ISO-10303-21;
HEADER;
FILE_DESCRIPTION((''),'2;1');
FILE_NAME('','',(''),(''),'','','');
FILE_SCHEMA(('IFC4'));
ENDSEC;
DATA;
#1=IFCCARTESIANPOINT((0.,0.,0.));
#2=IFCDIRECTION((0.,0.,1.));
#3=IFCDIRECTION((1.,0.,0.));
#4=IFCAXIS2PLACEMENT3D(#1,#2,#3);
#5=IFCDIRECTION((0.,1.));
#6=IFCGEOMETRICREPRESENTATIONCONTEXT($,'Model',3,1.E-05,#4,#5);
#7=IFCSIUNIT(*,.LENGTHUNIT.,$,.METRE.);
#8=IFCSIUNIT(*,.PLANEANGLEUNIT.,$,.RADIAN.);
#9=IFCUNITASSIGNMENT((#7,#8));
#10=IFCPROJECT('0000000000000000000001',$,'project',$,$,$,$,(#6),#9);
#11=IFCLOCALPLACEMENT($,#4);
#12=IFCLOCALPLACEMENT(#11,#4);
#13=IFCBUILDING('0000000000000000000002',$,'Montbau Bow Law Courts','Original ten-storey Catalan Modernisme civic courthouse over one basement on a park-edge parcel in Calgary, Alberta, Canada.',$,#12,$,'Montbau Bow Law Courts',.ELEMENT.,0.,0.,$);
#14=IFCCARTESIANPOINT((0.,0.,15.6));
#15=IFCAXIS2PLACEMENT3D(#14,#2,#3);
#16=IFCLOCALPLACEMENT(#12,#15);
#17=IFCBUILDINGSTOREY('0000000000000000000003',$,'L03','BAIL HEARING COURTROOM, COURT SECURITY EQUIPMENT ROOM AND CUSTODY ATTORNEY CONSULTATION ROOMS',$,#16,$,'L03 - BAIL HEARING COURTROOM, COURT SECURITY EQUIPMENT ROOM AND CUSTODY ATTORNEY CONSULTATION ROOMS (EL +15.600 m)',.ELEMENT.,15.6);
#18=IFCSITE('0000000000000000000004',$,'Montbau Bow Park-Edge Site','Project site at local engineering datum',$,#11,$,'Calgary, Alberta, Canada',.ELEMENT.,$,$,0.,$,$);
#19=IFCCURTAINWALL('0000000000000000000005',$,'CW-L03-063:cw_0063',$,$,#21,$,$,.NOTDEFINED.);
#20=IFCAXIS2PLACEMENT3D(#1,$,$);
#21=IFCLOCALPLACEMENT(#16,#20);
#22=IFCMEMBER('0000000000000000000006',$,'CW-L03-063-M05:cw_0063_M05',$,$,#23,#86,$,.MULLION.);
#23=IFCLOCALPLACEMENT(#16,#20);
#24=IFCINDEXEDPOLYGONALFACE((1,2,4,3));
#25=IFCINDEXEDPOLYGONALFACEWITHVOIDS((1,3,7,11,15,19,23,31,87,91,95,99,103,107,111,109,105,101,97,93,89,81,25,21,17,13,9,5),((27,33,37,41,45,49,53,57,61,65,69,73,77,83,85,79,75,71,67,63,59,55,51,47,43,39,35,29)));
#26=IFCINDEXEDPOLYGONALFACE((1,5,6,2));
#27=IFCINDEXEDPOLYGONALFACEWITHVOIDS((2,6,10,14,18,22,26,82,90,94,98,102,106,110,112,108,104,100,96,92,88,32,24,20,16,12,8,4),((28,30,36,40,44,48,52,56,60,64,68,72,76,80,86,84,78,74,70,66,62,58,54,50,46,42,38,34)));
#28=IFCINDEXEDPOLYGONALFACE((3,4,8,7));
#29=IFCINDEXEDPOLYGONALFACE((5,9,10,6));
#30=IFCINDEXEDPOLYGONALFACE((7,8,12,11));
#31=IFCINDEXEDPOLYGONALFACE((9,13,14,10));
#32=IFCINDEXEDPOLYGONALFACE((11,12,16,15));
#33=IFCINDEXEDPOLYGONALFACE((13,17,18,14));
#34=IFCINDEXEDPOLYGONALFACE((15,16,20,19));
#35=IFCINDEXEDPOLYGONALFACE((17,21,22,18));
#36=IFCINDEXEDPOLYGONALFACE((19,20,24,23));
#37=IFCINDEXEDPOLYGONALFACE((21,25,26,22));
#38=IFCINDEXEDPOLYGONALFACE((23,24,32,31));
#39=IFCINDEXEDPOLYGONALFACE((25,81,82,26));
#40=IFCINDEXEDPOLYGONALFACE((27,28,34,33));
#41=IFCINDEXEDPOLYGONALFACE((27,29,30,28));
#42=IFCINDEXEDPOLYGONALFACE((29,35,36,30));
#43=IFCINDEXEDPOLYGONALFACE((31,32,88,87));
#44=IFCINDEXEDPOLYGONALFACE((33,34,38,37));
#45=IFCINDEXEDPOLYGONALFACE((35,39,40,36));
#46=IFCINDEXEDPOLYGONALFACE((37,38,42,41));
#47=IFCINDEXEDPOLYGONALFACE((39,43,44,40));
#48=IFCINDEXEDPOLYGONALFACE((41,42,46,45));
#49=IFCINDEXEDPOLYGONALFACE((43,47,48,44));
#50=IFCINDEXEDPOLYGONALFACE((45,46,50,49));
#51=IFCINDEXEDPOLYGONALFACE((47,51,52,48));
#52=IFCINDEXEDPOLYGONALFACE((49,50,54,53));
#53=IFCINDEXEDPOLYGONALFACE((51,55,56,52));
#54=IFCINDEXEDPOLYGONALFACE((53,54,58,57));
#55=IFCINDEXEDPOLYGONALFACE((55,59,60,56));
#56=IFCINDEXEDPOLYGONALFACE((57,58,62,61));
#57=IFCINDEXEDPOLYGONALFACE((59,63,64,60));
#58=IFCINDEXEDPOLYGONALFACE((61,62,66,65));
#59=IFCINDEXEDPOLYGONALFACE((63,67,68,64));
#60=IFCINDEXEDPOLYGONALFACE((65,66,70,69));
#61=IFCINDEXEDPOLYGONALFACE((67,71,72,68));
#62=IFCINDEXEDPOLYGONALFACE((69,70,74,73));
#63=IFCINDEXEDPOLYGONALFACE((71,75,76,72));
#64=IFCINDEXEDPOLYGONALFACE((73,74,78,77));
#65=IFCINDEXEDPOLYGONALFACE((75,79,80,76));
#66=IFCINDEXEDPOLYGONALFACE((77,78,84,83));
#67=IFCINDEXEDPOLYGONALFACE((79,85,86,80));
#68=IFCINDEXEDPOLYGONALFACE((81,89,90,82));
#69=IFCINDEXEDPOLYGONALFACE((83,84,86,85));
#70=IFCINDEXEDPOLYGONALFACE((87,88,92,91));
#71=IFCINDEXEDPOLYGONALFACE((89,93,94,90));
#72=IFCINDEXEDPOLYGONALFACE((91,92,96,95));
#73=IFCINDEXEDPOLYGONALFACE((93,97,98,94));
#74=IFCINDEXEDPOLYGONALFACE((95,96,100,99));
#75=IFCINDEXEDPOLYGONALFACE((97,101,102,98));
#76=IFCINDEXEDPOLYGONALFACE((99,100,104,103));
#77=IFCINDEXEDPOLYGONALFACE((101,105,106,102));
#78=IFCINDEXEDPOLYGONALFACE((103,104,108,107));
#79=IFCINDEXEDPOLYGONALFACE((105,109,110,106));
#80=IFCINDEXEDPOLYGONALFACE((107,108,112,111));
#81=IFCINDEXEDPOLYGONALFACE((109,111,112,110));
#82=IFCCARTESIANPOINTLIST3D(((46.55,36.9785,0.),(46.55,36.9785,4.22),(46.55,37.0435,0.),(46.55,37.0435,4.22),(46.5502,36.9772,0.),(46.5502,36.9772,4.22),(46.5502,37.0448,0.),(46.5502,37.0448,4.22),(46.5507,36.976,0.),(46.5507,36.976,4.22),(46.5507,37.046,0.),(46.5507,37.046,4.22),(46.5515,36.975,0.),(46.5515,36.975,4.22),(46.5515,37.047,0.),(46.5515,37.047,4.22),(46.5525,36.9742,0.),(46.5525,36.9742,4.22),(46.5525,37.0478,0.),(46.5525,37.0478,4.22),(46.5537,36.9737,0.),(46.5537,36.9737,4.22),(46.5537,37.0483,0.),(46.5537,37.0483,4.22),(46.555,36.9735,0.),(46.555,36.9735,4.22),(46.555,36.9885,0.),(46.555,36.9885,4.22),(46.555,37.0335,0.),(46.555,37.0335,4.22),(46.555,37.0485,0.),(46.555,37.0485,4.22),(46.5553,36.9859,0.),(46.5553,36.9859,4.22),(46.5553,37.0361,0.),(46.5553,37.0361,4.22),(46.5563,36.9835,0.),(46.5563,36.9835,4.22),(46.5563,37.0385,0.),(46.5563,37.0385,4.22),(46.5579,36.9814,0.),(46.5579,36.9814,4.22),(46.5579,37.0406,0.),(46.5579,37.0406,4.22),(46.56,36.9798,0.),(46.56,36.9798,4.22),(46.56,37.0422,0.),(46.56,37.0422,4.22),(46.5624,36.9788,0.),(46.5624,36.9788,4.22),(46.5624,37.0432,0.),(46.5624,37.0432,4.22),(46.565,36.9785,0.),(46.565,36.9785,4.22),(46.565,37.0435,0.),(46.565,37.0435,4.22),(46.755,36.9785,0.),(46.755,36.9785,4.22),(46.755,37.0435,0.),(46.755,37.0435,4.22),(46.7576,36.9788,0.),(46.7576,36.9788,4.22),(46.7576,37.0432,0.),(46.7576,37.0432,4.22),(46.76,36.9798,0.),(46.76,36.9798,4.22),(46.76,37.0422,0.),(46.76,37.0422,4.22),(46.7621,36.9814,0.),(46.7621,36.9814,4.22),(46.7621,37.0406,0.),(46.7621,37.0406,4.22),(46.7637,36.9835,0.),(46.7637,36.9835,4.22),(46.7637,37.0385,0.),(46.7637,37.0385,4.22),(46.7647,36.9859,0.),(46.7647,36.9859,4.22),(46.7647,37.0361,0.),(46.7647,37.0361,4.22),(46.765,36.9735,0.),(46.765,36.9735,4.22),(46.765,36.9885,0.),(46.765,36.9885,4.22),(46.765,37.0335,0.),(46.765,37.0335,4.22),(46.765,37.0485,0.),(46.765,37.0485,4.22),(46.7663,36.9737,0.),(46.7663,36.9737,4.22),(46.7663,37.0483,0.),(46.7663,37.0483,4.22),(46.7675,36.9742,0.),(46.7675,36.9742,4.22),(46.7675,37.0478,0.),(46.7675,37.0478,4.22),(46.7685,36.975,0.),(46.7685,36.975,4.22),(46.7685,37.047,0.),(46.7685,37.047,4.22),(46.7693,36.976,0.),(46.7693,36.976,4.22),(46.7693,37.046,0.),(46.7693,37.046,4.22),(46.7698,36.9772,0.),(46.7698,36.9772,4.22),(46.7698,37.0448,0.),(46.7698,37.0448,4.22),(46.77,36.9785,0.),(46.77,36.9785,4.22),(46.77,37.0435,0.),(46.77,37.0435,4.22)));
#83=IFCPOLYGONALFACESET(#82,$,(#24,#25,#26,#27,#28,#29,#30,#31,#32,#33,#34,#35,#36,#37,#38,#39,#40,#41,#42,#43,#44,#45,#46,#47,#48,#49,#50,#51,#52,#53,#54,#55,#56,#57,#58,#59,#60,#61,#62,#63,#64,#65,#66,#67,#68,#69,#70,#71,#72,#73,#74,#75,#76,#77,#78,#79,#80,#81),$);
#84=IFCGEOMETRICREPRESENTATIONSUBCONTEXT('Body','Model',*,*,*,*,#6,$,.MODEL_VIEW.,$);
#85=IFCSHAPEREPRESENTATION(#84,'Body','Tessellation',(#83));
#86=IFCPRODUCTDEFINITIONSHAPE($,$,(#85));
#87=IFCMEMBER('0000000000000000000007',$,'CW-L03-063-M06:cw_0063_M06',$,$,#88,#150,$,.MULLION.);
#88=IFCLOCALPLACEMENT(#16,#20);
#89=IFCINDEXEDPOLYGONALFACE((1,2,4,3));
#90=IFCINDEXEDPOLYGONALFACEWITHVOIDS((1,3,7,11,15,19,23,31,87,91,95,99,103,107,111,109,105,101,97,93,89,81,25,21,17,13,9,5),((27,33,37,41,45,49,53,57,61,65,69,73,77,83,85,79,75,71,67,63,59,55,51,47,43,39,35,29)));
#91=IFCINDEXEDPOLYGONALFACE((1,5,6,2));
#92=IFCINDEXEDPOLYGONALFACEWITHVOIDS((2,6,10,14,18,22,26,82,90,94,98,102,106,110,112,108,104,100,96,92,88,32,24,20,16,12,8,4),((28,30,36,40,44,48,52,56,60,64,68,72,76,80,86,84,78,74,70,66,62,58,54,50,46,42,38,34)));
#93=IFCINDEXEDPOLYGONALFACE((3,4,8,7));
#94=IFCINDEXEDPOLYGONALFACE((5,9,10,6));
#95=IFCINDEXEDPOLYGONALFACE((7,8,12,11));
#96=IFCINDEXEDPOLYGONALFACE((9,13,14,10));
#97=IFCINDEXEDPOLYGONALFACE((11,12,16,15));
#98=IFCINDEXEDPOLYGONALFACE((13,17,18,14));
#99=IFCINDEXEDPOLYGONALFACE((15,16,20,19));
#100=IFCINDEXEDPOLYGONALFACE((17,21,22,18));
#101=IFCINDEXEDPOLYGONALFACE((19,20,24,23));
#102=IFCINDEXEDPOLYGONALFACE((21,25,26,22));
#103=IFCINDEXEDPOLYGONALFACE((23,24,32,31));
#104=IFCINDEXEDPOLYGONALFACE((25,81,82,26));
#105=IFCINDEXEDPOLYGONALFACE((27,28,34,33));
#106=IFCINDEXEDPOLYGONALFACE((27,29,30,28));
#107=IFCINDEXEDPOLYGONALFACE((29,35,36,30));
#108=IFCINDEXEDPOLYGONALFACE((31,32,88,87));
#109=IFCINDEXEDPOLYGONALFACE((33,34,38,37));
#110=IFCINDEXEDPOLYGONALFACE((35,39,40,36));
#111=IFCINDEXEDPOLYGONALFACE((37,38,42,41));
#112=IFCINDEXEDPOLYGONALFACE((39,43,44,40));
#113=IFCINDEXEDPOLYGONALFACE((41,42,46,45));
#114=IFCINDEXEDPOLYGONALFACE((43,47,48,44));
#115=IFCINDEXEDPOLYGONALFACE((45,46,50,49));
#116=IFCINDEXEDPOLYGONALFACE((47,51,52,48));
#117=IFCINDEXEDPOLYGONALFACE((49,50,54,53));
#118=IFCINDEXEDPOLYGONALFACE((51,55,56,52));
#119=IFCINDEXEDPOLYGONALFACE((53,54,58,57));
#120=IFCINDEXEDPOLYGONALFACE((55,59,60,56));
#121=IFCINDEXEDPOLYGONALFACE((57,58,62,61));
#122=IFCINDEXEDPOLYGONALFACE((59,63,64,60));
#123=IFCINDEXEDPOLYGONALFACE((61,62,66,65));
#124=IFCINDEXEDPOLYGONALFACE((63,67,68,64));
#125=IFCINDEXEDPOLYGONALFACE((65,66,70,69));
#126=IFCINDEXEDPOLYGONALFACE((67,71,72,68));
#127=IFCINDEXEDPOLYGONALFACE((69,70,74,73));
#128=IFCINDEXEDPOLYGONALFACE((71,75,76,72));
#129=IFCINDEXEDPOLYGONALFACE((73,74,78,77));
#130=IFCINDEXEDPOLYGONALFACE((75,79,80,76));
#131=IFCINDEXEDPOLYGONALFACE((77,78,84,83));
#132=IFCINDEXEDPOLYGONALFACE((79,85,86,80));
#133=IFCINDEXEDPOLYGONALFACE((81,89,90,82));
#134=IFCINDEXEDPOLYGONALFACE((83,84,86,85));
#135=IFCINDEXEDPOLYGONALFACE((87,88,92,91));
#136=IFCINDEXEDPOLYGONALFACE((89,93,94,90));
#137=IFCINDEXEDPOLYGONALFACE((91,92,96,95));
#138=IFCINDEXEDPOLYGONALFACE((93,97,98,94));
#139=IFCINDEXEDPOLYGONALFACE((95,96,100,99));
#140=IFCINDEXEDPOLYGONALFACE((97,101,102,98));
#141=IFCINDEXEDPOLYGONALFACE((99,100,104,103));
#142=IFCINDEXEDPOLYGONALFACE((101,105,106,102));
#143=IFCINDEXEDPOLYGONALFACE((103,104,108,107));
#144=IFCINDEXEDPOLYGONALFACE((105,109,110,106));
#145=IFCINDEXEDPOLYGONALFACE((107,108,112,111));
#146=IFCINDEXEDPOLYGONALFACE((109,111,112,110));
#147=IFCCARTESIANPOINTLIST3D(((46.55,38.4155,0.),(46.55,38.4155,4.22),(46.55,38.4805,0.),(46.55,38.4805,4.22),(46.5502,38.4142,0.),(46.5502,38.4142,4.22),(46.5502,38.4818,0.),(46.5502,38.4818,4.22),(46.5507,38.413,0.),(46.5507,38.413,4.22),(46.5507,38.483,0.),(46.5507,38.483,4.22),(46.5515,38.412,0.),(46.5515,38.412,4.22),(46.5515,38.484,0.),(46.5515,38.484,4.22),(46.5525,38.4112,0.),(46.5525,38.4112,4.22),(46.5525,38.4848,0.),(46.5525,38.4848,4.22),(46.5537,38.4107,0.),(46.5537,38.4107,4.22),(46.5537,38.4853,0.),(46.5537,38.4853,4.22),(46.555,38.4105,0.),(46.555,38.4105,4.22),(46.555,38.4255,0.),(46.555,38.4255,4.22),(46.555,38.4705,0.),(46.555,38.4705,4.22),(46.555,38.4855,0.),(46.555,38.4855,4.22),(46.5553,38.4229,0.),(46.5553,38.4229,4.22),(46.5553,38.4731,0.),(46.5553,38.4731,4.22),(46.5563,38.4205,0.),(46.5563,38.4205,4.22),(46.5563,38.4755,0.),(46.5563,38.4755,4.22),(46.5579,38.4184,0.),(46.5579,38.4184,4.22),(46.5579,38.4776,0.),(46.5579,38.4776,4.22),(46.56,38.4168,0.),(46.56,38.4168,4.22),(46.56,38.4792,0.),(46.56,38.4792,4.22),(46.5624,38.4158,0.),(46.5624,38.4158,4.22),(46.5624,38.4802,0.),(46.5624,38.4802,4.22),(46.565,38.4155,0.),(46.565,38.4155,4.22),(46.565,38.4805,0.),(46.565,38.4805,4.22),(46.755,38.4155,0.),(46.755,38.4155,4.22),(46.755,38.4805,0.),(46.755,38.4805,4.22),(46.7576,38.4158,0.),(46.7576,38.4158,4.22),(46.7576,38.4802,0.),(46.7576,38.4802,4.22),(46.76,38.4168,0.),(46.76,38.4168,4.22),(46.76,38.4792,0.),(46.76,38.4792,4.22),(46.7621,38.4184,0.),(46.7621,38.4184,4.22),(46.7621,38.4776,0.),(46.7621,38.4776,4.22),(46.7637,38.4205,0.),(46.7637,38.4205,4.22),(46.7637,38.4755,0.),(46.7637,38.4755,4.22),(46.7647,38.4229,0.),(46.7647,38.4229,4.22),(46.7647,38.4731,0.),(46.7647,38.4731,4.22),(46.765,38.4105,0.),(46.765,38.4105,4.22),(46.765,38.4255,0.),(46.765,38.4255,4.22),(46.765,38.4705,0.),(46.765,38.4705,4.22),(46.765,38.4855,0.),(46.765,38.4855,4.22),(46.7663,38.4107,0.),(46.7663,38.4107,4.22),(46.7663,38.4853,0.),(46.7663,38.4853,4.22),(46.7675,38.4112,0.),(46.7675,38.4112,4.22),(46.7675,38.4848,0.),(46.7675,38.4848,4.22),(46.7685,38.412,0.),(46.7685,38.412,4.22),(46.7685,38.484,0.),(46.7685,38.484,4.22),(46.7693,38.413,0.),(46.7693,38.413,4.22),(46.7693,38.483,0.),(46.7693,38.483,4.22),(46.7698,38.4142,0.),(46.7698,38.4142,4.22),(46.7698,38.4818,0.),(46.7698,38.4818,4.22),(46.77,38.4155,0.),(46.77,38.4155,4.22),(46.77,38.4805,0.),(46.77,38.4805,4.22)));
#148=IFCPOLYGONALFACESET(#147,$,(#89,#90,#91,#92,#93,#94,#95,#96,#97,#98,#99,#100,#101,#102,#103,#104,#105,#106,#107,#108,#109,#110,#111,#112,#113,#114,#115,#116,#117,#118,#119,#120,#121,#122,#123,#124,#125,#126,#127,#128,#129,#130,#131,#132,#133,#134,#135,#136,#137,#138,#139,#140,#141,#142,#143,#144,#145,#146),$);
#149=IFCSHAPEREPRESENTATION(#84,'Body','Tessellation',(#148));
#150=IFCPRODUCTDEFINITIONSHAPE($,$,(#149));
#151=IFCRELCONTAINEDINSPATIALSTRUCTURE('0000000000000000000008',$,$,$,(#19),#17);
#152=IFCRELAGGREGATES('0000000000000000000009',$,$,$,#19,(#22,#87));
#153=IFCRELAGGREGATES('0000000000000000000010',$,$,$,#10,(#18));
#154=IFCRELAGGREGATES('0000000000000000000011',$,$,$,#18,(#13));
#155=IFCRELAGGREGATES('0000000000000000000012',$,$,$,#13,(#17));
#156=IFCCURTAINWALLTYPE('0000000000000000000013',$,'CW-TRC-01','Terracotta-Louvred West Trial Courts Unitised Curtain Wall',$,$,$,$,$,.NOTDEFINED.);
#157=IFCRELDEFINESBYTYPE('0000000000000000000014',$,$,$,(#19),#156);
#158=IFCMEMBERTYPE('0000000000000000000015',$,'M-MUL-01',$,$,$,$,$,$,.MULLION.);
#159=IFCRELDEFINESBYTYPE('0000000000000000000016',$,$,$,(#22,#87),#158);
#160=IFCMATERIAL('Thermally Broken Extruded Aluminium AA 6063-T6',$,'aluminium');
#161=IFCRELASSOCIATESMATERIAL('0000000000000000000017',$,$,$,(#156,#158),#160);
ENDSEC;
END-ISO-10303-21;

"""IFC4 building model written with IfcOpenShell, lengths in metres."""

from ifc_helpers import new_model, si_unit, direction, frame, origin_with_axes, origin_2d_with_axis, place, context, subcontext, project, spatial, hollow_rectangle, extrude, material, material_profile, profile_set, type_object, element, aggregate, save


model = new_model("IFC4")

# Units and contexts
model_context = context("Model", 3, precision=1e-05, world=origin_with_axes(), true_north=direction((0.0, 1.0)))
body_context = subcontext(model_context, "Body", "Model", "MODEL_VIEW")
ifc_project = project(units=[si_unit("LENGTHUNIT", "METRE"), si_unit("PLANEANGLEUNIT", "RADIAN")], contexts=[model_context])

# Site, building, storey
site_placement = place(None, origin_with_axes())
site = spatial("IfcSite", under=ifc_project, at=site_placement, Name="Montbau Bow Park-Edge Site", Description="Project site at local engineering datum", LongName="Calgary, Alberta, Canada", CompositionType="ELEMENT", RefElevation=0.0)
building_placement = place(site_placement, origin_with_axes())
building = spatial("IfcBuilding", under=site, at=building_placement, Name="Montbau Bow Law Courts", Description="Original ten-storey Catalan Modernisme civic courthouse over one basement on a park-edge parcel in Calgary, Alberta, Canada.", LongName="Montbau Bow Law Courts", CompositionType="ELEMENT", ElevationOfRefHeight=0.0, ElevationOfTerrain=0.0)
storey_placement = place(building_placement, frame((0.0, 0.0, 15.6), z_axis=(0.0, 0.0, 1.0), x_axis=(1.0, 0.0, 0.0)))
storey = spatial("IfcBuildingStorey", under=building, at=storey_placement, Name="L03", Description="BAIL HEARING COURTROOM, COURT SECURITY EQUIPMENT ROOM AND CUSTODY ATTORNEY CONSULTATION ROOMS", LongName="L03 - BAIL HEARING COURTROOM, COURT SECURITY EQUIPMENT ROOM AND CUSTODY ATTORNEY CONSULTATION ROOMS (EL +15.600 m)", CompositionType="ELEMENT", Elevation=15.6)

# Curtain wall, members
ifc_material_1 = material(Name="Thermally Broken Extruded Aluminium AA 6063-T6", Category="aluminium")
curtain_wall_type = type_object("IfcCurtainWallType", Name="CW-TRC-01", Description="Terracotta-Louvred West Trial Courts Unitised Curtain Wall", PredefinedType="NOTDEFINED", material=ifc_material_1)
curtain_wall_placement = place(None, frame((46.66, 31.115, 15.6), z_axis=(0.0, 0.0, 1.0), x_axis=(1.0, 0.0, 0.0)))
curtain_wall = element("IfcCurtainWall", 1, at=curtain_wall_placement, inside=storey, type_object=curtain_wall_type, Name="CW-L03-063:cw_0063", PredefinedType="NOTDEFINED")
ifc_material_profile_1 = material_profile(ifc_material_1, hollow_rectangle(XDim=0.075, YDim=0.22, WallThickness=0.005, InnerFilletRadius=0.01, OuterFilletRadius=0.005, at=origin_2d_with_axis()), Name="CWM-220X75", Category="Main", Priority=0)
ifc_profile_set_1 = profile_set([ifc_material_profile_1], Name="Thermally Broken Extruded Aluminium AA 6063-T6")
member_type_1 = type_object("IfcMemberType", Name="M-MUL-01", PredefinedType="MULLION", material=ifc_profile_set_1)
member_1_placement = place(None, frame((46.66, 37.011, 15.6), z_axis=(0.0, 0.0, 1.0), x_axis=(0.0, 1.0, 0.0)))
member_1 = element("IfcMember", 2, at=member_1_placement, type_object=member_type_1, Name="CW-L03-063-M05:cw_0063_M05", PredefinedType="MULLION", context=body_context, shape_type="SweptSolid", body=[
    extrude(hollow_rectangle(XDim=0.075, YDim=0.22, WallThickness=0.005, InnerFilletRadius=0.01, OuterFilletRadius=0.005, at=origin_2d_with_axis()), origin_with_axes(), (0.0, 0.0, 1.0), 4.22),
])
member_2_placement = place(None, frame((46.66, 38.448, 15.6), z_axis=(0.0, 0.0, 1.0), x_axis=(0.0, 1.0, 0.0)))
member_2 = element("IfcMember", 3, at=member_2_placement, type_object=member_type_1, Name="CW-L03-063-M06:cw_0063_M06", PredefinedType="MULLION", context=body_context, shape_type="SweptSolid", body=[
    extrude(hollow_rectangle(XDim=0.075, YDim=0.22, WallThickness=0.005, InnerFilletRadius=0.01, OuterFilletRadius=0.005, at=origin_2d_with_axis()), origin_with_axes(), (0.0, 0.0, 1.0), 4.22),
])
aggregate(curtain_wall, [member_1, member_2])

save(model, "model.ifc")
